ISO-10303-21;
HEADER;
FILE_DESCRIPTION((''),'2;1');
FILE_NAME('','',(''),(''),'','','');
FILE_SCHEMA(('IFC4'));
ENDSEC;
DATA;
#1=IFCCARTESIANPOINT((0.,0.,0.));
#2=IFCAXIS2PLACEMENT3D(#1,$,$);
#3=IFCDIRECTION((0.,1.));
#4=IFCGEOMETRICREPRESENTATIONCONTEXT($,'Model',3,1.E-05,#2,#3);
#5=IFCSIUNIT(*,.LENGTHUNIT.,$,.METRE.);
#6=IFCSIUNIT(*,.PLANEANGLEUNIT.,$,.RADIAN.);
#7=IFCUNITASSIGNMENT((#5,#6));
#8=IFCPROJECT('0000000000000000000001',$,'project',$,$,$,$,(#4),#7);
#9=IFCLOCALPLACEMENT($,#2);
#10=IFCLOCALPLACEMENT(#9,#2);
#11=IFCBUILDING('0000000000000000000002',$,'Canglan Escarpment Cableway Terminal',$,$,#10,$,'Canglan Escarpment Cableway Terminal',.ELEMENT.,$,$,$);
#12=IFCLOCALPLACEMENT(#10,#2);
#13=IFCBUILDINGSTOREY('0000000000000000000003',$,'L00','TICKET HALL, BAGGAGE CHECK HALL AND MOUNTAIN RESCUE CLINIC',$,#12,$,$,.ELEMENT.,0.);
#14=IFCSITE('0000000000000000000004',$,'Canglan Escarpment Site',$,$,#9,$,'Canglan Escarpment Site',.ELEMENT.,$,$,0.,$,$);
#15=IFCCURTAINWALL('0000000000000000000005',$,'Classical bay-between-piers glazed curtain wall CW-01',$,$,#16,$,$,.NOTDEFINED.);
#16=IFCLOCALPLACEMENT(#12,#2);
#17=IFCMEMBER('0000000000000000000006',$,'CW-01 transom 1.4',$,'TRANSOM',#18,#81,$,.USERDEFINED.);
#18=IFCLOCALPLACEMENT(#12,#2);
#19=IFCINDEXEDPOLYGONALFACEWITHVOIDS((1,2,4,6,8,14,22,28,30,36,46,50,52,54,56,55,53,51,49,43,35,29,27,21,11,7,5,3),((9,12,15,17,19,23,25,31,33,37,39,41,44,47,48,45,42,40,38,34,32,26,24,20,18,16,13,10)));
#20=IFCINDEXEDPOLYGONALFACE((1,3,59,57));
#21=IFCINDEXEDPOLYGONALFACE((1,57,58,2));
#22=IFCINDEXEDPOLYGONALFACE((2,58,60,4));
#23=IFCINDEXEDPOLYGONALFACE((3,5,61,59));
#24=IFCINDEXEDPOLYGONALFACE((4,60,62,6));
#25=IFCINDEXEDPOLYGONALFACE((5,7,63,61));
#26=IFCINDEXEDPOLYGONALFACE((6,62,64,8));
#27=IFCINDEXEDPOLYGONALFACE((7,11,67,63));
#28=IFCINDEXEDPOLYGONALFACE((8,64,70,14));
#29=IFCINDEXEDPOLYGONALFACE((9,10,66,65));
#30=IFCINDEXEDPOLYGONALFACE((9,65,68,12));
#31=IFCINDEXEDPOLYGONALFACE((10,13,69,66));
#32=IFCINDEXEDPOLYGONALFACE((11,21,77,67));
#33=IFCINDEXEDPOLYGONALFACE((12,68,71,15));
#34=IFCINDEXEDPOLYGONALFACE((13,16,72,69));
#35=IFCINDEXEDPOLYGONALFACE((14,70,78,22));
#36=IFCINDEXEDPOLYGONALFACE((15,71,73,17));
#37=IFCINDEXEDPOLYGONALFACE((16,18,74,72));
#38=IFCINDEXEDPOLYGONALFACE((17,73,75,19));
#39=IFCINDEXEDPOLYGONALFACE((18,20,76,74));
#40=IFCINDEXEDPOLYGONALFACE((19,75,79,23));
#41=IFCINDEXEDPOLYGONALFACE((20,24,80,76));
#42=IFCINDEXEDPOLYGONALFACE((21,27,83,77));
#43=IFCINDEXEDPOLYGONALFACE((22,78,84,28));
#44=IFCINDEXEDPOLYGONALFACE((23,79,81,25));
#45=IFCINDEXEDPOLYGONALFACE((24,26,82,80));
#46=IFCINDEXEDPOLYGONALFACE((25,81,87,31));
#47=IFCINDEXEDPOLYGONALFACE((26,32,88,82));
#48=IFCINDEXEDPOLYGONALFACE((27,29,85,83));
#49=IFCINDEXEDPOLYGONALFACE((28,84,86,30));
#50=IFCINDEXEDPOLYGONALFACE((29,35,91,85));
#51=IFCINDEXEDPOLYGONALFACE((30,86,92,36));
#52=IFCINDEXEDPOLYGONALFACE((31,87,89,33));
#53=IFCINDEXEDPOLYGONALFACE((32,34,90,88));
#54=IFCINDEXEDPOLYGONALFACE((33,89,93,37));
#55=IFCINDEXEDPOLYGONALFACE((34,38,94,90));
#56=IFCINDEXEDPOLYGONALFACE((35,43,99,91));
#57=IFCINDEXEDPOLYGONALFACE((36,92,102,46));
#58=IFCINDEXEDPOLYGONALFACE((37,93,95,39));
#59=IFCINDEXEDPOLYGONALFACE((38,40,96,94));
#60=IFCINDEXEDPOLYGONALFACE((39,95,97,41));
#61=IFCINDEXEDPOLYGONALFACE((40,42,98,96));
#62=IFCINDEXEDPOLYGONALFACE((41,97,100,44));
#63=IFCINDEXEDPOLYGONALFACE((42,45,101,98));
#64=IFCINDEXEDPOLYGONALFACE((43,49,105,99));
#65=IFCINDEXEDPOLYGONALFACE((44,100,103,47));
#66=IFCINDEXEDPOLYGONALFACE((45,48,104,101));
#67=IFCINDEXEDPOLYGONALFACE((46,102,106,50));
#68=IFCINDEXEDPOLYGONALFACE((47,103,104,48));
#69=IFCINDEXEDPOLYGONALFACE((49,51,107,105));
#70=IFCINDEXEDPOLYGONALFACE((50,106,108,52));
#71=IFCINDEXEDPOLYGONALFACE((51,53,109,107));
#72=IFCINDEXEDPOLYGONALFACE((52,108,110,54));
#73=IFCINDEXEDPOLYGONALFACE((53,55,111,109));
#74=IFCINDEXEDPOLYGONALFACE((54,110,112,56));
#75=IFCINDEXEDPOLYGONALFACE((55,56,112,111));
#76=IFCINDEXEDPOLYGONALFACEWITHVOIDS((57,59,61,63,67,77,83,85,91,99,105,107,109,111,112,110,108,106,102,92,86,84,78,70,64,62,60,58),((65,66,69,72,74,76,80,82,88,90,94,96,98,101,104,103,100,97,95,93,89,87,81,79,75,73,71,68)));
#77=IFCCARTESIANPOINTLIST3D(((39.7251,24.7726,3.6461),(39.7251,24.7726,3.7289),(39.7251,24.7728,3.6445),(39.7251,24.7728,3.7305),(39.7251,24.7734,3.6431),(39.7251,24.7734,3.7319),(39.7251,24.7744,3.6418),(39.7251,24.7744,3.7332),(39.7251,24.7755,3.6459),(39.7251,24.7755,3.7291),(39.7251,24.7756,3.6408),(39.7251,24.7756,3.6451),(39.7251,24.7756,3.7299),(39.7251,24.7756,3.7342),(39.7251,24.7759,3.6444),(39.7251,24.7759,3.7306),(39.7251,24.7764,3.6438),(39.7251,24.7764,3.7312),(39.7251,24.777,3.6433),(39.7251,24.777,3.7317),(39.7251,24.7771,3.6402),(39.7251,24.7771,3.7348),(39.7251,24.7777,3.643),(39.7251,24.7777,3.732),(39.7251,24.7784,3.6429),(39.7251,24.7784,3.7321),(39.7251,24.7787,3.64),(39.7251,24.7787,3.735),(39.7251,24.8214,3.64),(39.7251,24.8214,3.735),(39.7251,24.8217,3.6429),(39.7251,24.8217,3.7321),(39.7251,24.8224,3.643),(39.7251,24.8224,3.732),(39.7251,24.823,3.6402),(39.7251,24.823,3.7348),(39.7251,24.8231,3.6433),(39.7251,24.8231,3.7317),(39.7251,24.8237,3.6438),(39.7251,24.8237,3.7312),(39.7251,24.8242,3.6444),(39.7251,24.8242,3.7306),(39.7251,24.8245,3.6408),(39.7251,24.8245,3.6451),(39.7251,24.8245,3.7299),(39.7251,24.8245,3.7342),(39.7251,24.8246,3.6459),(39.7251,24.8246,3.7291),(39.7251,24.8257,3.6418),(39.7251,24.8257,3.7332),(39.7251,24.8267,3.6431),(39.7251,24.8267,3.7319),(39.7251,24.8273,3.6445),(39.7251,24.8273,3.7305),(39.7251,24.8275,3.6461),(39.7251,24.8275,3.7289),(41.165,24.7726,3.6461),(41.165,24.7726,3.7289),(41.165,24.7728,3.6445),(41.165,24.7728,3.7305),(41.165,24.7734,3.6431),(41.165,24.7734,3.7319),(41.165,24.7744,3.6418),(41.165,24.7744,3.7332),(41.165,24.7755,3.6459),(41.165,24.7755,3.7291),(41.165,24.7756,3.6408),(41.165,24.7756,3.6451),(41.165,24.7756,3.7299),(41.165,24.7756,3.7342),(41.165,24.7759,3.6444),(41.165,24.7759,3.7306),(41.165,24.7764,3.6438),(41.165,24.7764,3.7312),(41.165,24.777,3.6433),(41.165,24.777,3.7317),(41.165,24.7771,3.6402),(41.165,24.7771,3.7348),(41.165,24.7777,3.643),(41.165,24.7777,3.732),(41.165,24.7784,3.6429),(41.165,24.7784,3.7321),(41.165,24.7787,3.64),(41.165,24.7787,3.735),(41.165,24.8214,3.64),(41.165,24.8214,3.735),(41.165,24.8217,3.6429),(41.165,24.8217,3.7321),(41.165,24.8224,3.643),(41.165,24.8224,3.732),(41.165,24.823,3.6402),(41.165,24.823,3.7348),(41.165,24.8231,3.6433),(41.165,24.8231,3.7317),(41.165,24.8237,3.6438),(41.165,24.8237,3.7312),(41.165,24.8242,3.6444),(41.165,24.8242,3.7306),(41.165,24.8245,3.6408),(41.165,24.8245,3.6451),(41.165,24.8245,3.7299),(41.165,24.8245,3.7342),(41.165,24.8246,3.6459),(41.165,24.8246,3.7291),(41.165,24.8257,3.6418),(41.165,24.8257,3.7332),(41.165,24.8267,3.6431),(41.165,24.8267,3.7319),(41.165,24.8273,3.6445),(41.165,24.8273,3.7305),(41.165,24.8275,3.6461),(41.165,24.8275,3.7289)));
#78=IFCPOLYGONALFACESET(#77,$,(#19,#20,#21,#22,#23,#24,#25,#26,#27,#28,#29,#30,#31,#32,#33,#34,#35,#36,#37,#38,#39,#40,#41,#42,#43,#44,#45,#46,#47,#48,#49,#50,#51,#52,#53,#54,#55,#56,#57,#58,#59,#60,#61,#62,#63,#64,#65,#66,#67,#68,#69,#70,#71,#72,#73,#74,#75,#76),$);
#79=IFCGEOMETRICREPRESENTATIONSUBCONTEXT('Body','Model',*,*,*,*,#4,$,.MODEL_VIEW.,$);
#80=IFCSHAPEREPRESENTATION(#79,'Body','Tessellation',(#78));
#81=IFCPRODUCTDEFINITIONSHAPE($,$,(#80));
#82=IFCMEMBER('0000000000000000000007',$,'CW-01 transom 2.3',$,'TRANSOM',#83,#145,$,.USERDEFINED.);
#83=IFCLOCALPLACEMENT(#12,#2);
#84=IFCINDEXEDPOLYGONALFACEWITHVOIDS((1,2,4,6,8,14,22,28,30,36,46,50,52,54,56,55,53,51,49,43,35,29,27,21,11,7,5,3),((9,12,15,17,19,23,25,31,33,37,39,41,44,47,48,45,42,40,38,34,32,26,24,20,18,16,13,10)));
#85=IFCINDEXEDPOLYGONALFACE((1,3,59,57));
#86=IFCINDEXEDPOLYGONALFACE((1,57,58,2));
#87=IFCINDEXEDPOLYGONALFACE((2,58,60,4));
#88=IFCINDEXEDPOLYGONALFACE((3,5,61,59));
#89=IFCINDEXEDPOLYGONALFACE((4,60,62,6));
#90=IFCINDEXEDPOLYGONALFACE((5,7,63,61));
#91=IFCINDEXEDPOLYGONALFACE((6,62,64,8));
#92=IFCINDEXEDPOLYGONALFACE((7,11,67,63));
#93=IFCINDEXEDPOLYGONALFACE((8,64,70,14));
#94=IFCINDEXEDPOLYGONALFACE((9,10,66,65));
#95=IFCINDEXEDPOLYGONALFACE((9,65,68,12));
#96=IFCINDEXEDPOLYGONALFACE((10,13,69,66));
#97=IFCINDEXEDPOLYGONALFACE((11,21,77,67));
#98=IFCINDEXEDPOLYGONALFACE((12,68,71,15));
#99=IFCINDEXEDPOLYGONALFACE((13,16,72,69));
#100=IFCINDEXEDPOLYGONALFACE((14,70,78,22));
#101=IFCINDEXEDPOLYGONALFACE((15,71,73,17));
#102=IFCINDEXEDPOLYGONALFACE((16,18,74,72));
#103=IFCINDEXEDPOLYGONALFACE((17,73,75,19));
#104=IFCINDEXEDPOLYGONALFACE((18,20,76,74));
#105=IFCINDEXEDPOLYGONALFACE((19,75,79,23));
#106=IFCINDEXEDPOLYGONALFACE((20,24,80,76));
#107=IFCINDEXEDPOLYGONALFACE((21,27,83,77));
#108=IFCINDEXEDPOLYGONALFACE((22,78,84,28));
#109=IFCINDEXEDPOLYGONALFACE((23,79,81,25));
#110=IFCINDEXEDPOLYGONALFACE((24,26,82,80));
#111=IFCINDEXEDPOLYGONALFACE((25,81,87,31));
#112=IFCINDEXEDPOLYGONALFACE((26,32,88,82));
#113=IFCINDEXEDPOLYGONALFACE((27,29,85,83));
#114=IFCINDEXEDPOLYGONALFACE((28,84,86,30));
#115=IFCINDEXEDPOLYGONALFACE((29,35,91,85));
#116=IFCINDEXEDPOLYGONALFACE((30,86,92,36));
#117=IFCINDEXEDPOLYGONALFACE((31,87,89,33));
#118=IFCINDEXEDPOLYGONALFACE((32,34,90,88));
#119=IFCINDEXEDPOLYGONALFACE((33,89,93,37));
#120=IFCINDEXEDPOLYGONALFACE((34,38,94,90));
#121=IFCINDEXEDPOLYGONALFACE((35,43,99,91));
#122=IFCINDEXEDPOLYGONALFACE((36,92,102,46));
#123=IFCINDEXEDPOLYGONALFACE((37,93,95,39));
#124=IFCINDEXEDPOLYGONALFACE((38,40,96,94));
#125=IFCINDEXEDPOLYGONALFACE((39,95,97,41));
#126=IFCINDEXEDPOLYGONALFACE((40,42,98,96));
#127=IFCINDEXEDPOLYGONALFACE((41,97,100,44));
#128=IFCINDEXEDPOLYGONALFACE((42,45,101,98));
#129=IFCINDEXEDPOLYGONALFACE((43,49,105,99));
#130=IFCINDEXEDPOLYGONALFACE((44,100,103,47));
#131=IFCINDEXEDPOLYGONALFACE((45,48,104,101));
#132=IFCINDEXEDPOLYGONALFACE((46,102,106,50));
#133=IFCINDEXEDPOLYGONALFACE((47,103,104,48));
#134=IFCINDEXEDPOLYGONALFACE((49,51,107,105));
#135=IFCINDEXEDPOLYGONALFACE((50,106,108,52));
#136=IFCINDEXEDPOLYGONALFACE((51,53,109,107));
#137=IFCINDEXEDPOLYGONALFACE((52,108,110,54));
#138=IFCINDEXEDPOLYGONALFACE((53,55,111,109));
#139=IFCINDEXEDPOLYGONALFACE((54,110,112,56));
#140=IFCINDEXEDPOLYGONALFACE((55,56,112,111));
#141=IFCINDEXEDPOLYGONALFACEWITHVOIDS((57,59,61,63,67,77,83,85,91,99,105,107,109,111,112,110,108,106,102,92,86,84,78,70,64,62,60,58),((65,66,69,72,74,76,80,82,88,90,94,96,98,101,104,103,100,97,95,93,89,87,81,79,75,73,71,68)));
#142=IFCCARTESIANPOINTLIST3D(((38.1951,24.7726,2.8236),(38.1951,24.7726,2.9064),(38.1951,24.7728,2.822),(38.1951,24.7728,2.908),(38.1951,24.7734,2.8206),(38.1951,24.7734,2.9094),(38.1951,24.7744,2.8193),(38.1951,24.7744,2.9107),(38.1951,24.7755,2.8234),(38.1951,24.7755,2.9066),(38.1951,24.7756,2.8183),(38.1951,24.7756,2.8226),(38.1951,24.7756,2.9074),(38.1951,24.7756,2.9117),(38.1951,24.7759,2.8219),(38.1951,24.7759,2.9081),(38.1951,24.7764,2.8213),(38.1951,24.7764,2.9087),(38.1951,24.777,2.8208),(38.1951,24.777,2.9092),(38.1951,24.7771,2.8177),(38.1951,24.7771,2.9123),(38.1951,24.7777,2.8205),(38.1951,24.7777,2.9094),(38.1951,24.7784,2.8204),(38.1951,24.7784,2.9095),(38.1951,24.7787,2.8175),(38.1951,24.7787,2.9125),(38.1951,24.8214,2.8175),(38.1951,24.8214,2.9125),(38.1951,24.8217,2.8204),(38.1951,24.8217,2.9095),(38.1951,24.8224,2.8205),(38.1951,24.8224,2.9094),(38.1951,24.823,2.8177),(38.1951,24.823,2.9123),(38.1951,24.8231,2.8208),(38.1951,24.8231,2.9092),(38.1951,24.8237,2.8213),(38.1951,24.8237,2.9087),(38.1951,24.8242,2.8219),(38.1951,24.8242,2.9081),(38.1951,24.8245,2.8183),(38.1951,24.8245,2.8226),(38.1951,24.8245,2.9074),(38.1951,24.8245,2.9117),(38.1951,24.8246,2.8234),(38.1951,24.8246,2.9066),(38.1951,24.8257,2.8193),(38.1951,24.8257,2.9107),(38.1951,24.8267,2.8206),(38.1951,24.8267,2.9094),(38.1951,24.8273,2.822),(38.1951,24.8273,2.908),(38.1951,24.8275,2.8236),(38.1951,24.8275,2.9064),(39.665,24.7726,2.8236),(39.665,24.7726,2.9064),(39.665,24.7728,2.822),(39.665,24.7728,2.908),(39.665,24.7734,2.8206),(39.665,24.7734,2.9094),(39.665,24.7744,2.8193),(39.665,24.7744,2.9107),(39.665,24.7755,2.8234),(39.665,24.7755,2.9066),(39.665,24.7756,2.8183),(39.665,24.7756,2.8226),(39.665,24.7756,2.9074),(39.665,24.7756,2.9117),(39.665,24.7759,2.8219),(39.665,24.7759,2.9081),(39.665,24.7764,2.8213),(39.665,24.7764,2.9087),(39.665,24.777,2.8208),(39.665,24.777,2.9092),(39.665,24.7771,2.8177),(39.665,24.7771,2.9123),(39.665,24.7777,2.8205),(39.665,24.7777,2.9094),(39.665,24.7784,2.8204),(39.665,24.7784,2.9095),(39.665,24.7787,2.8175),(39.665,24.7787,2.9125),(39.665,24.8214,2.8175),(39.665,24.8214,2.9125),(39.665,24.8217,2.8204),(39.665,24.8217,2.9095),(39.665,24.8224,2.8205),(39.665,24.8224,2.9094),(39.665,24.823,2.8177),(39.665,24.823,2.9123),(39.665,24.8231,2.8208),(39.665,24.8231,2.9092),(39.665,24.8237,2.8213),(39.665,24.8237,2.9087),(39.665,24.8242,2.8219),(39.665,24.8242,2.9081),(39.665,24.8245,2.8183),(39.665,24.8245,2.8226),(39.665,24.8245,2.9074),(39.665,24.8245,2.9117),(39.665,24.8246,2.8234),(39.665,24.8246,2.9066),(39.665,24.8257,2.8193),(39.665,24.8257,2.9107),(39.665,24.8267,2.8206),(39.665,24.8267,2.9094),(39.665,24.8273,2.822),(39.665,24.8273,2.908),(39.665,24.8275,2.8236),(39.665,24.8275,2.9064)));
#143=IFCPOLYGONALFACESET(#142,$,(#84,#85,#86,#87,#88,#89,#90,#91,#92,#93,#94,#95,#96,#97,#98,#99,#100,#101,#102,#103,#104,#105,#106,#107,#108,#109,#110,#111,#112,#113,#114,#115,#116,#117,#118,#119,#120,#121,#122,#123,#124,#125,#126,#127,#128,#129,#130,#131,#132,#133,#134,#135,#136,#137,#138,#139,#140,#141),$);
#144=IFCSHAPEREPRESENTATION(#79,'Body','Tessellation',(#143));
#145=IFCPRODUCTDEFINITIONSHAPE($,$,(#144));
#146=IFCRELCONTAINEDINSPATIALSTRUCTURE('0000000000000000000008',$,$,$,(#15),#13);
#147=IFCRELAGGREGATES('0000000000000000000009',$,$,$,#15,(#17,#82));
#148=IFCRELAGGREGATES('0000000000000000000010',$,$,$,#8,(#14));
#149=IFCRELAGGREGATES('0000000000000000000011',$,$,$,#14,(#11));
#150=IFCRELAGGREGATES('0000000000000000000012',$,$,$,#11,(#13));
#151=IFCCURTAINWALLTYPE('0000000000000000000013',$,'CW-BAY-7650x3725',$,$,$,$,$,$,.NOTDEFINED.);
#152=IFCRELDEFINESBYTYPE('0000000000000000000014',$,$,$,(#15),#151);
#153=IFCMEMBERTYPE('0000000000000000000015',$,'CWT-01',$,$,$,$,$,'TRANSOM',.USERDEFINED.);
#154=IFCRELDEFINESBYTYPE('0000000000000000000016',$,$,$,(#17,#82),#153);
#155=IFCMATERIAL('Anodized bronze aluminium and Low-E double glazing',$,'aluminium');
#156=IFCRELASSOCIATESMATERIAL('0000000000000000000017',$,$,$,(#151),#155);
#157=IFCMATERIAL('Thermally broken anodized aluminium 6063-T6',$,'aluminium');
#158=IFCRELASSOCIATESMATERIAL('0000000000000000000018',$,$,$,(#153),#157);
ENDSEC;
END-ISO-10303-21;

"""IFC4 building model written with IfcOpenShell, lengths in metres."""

from ifc_helpers import new_model, si_unit, direction, frame, origin, origin_2d, place, context, subcontext, project, spatial, hollow_rectangle, extrude, material, material_profile, profile_set, type_object, element, aggregate, save


model = new_model("IFC4")

# Units and contexts
model_context = context("Model", 3, precision=1e-05, world=origin(), true_north=direction((0.0, 1.0)))
body_context = subcontext(model_context, "Body", "Model", "MODEL_VIEW")
ifc_project = project(units=[si_unit("LENGTHUNIT", "METRE"), si_unit("PLANEANGLEUNIT", "RADIAN")], contexts=[model_context])

# Site, building, storey
site_placement = place(None, origin())
site = spatial("IfcSite", under=ifc_project, at=site_placement, Name="Canglan Escarpment Site", LongName="Canglan Escarpment Site", CompositionType="ELEMENT", RefElevation=0.0)
building_placement = place(site_placement, origin())
building = spatial("IfcBuilding", under=site, at=building_placement, Name="Canglan Escarpment Cableway Terminal", LongName="Canglan Escarpment Cableway Terminal", CompositionType="ELEMENT")
storey_placement = place(building_placement, origin())
storey = spatial("IfcBuildingStorey", under=building, at=storey_placement, Name="L00", Description="TICKET HALL, BAGGAGE CHECK HALL AND MOUNTAIN RESCUE CLINIC", CompositionType="ELEMENT", Elevation=0.0)

# Curtain wall
ifc_material_1 = material(Name="Anodized bronze aluminium and Low-E double glazing", Category="aluminium")
curtain_wall_type_1 = type_object("IfcCurtainWallType", Name="CW-BAY-7650x3725", PredefinedType="NOTDEFINED", material=ifc_material_1)
curtain_wall_1_placement = place(storey_placement, origin())
curtain_wall_1 = element("IfcCurtainWall", 1, at=curtain_wall_1_placement, inside=storey, type_object=curtain_wall_type_1, Name="Classical bay-between-piers glazed curtain wall CW-01", PredefinedType="NOTDEFINED")
ifc_material_2 = material(Name="Thermally broken anodized aluminium 6063-T6", Category="aluminium")

# Members
ifc_material_profile_1 = material_profile(ifc_material_2, hollow_rectangle(XDim=0.0549, YDim=0.095, WallThickness=0.0029, InnerFilletRadius=0.0029, OuterFilletRadius=0.0061, at=origin_2d()), Name="ALU-TRAN 55x95x3")
ifc_profile_set_1 = profile_set([ifc_material_profile_1], Name="Thermally broken anodized aluminium 6063-T6")
member_type_1 = type_object("IfcMemberType", Name="CWT-01", ElementType="TRANSOM", PredefinedType="USERDEFINED", material=ifc_profile_set_1)
member_1_placement = place(storey_placement, frame((41.165, 24.8, 3.6875), z_axis=(-1.0, 0.0, 0.0), x_axis=(0.0, -1.0, 0.0)))
member_1 = element("IfcMember", 2, at=member_1_placement, type_object=member_type_1, Name="CW-01 transom 1.4", ObjectType="TRANSOM", PredefinedType="USERDEFINED", context=body_context, shape_type="SweptSolid", body=[
    extrude(hollow_rectangle(XDim=0.0549, YDim=0.095, WallThickness=0.0029, InnerFilletRadius=0.0029, OuterFilletRadius=0.0061, at=origin_2d()), origin(), (0.0, 0.0, 1.0), 1.4399),
])
member_2_placement = place(storey_placement, frame((39.665, 24.8, 2.865), z_axis=(-1.0, 0.0, 0.0), x_axis=(0.0, -1.0, 0.0)))
member_2 = element("IfcMember", 3, at=member_2_placement, type_object=member_type_1, Name="CW-01 transom 2.3", ObjectType="TRANSOM", PredefinedType="USERDEFINED", context=body_context, shape_type="SweptSolid", body=[
    extrude(hollow_rectangle(XDim=0.0549, YDim=0.095, WallThickness=0.0029, InnerFilletRadius=0.0029, OuterFilletRadius=0.0061, at=origin_2d()), origin(), (0.0, 0.0, 1.0), 1.47),
])

aggregate(curtain_wall_1, [member_1, member_2])

save(model, "model.ifc")
